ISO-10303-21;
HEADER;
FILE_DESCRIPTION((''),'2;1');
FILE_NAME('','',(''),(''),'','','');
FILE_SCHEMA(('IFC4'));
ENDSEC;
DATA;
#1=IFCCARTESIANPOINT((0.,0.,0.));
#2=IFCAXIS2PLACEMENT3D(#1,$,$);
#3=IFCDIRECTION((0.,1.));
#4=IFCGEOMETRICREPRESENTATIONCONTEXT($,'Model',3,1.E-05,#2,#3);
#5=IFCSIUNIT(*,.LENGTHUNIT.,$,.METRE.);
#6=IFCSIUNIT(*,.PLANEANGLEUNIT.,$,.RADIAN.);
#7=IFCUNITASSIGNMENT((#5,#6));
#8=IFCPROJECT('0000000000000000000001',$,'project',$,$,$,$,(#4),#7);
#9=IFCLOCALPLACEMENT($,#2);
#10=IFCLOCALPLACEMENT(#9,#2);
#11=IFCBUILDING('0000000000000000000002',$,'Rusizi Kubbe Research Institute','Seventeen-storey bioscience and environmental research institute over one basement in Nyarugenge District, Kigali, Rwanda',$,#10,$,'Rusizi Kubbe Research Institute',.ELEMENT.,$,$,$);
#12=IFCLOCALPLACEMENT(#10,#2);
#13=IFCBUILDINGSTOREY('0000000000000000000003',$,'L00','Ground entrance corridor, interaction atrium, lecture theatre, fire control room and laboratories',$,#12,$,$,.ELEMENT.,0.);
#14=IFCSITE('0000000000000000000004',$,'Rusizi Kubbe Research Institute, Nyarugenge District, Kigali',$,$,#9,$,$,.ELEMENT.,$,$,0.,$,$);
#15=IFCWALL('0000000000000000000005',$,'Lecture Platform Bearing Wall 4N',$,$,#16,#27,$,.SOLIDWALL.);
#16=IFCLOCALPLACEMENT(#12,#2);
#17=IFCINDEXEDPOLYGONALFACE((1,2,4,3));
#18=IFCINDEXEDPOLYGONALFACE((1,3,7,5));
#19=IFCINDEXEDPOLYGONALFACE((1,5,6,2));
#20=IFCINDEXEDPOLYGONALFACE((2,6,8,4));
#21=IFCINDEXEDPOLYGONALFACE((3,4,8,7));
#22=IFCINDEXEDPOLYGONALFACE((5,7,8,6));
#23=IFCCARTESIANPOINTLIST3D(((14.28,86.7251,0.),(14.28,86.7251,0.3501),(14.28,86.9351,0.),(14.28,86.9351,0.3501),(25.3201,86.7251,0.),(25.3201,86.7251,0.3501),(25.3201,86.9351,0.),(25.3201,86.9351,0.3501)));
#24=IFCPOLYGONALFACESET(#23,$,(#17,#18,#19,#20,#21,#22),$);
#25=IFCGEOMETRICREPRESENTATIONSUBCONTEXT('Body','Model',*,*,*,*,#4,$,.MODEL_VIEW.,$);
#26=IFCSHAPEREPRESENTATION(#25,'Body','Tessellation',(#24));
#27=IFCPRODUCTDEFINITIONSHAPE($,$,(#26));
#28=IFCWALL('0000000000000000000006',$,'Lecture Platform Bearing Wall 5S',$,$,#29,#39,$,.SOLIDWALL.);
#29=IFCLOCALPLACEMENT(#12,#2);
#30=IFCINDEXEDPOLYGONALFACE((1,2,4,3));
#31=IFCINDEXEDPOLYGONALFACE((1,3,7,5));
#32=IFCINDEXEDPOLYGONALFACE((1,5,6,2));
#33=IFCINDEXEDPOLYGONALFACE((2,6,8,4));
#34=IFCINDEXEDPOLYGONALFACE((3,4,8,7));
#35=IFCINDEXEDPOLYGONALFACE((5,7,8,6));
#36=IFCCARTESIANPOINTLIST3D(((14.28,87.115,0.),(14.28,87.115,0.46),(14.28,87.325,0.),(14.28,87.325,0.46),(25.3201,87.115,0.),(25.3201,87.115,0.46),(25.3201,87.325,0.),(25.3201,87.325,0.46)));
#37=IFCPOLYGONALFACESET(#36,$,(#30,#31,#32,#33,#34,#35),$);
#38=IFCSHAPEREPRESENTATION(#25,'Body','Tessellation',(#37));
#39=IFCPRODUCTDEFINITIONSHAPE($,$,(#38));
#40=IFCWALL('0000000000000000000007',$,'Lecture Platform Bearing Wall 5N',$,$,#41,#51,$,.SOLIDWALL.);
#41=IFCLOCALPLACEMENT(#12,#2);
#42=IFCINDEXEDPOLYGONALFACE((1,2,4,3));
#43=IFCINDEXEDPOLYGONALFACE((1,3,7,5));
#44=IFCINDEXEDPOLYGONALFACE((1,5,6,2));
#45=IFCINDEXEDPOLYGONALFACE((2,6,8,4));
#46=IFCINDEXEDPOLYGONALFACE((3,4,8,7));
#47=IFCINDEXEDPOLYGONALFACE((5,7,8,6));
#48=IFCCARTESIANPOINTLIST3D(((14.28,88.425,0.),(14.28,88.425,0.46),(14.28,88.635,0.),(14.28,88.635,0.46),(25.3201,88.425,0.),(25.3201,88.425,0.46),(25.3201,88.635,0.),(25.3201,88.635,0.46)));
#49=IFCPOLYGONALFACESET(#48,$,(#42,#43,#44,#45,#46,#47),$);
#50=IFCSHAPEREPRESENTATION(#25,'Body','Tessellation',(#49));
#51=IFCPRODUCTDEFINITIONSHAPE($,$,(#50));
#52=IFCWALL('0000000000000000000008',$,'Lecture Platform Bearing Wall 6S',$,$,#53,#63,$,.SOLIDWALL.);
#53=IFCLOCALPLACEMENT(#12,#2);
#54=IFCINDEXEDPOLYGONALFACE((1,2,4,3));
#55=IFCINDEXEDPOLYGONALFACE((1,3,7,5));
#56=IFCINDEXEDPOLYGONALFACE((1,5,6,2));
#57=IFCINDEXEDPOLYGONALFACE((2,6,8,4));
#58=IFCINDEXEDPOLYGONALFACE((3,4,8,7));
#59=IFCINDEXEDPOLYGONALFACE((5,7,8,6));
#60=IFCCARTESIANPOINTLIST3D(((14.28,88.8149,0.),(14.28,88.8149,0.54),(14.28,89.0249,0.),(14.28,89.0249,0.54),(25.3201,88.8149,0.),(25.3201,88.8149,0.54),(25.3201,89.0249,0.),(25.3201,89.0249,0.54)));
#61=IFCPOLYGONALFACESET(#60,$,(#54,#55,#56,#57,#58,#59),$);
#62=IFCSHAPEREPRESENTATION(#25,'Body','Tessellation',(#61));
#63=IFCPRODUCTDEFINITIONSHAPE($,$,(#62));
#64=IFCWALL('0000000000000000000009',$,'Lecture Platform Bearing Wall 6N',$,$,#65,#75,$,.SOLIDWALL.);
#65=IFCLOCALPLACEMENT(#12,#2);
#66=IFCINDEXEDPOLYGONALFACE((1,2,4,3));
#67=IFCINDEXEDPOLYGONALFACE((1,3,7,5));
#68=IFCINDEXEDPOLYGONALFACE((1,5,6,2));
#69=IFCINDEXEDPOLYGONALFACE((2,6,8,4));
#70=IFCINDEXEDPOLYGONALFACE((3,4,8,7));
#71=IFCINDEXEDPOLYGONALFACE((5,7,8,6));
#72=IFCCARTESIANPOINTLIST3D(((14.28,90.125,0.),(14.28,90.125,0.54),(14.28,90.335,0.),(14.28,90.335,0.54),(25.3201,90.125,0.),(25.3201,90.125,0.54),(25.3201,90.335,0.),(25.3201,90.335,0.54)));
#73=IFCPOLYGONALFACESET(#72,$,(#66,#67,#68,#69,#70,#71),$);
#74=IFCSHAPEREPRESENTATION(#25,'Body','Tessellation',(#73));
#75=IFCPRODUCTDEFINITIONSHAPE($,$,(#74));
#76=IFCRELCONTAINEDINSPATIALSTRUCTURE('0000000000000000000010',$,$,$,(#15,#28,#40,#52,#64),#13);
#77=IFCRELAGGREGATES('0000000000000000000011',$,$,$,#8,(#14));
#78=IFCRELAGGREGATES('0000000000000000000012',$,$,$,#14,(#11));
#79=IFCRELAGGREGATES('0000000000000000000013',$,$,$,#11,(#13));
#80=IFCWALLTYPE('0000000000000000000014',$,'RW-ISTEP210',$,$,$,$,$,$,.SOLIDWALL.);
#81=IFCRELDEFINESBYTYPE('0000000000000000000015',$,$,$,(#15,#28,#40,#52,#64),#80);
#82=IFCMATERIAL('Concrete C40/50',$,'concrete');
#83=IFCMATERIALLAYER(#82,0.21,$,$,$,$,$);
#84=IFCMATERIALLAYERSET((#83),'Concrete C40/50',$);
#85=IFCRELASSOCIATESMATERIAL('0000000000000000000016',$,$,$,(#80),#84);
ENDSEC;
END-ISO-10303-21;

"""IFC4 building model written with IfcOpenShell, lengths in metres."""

from ifc_helpers import new_model, si_unit, direction, frame, frame_2d, origin, place, context, subcontext, project, spatial, rectangle, extrude, material, layer, layer_set, type_object, element, save


model = new_model("IFC4")

# Units and contexts
model_context = context("Model", 3, precision=1e-05, world=origin(), true_north=direction((0.0, 1.0)))
body_context = subcontext(model_context, "Body", "Model", "MODEL_VIEW")
ifc_project = project(units=[si_unit("LENGTHUNIT", "METRE"), si_unit("PLANEANGLEUNIT", "RADIAN")], contexts=[model_context])

# Site, building, storey
site_placement = place(None, origin())
site = spatial("IfcSite", under=ifc_project, at=site_placement, Name="Rusizi Kubbe Research Institute, Nyarugenge District, Kigali", CompositionType="ELEMENT", RefElevation=0.0)
building_placement = place(site_placement, origin())
building = spatial("IfcBuilding", under=site, at=building_placement, Name="Rusizi Kubbe Research Institute", Description="Seventeen-storey bioscience and environmental research institute over one basement in Nyarugenge District, Kigali, Rwanda", LongName="Rusizi Kubbe Research Institute", CompositionType="ELEMENT")
storey_placement = place(building_placement, origin())
storey = spatial("IfcBuildingStorey", under=building, at=storey_placement, Name="L00", Description="Ground entrance corridor, interaction atrium, lecture theatre, fire control room and laboratories", CompositionType="ELEMENT", Elevation=0.0)

# Walls
ifc_material_1 = material(Name="Concrete C40/50", Category="concrete")
ifc_layer_1 = layer(ifc_material_1, 0.21)
ifc_layer_set_1 = layer_set([ifc_layer_1], Name="Concrete C40/50")
wall_type_1 = type_object("IfcWallType", Name="RW-ISTEP210", PredefinedType="SOLIDWALL", material=ifc_layer_set_1)
for number, where, z_axis, x_axis, name in (
    (1, (14.28, 86.8301, 0.0), (0.0, 0.0, 1.0), (1.0, 0.0, 0.0), "Lecture Platform Bearing Wall 4N"),
):
    element("IfcWall", number, at=place(storey_placement, frame(where, z_axis=z_axis, x_axis=x_axis)), inside=storey, type_object=wall_type_1, Name=name, PredefinedType="SOLIDWALL", context=body_context, shape_type="SweptSolid", body=[
        extrude(rectangle(XDim=11.04, YDim=0.21, at=frame_2d((5.52, 0.0))), origin(), (0.0, 0.0, 1.0), 0.3501),
    ])
for number, where, z_axis, x_axis, name in (
    (2, (14.28, 87.22, 0.0), (0.0, 0.0, 1.0), (1.0, 0.0, 0.0), "Lecture Platform Bearing Wall 5S"),
    (3, (14.28, 88.53, 0.0), (0.0, 0.0, 1.0), (1.0, 0.0, 0.0), "Lecture Platform Bearing Wall 5N"),
):
    element("IfcWall", number, at=place(storey_placement, frame(where, z_axis=z_axis, x_axis=x_axis)), inside=storey, type_object=wall_type_1, Name=name, PredefinedType="SOLIDWALL", context=body_context, shape_type="SweptSolid", body=[
        extrude(rectangle(XDim=11.04, YDim=0.21, at=frame_2d((5.52, 0.0))), origin(), (0.0, 0.0, 1.0), 0.46),
    ])
for number, where, z_axis, x_axis, name in (
    (4, (14.28, 88.9199, 0.0), (0.0, 0.0, 1.0), (1.0, 0.0, 0.0), "Lecture Platform Bearing Wall 6S"),
    (5, (14.28, 90.23, 0.0), (0.0, 0.0, 1.0), (1.0, 0.0, 0.0), "Lecture Platform Bearing Wall 6N"),
):
    element("IfcWall", number, at=place(storey_placement, frame(where, z_axis=z_axis, x_axis=x_axis)), inside=storey, type_object=wall_type_1, Name=name, PredefinedType="SOLIDWALL", context=body_context, shape_type="SweptSolid", body=[
        extrude(rectangle(XDim=11.04, YDim=0.21, at=frame_2d((5.52, 0.0))), origin(), (0.0, 0.0, 1.0), 0.54),
    ])

save(model, "model.ifc")
